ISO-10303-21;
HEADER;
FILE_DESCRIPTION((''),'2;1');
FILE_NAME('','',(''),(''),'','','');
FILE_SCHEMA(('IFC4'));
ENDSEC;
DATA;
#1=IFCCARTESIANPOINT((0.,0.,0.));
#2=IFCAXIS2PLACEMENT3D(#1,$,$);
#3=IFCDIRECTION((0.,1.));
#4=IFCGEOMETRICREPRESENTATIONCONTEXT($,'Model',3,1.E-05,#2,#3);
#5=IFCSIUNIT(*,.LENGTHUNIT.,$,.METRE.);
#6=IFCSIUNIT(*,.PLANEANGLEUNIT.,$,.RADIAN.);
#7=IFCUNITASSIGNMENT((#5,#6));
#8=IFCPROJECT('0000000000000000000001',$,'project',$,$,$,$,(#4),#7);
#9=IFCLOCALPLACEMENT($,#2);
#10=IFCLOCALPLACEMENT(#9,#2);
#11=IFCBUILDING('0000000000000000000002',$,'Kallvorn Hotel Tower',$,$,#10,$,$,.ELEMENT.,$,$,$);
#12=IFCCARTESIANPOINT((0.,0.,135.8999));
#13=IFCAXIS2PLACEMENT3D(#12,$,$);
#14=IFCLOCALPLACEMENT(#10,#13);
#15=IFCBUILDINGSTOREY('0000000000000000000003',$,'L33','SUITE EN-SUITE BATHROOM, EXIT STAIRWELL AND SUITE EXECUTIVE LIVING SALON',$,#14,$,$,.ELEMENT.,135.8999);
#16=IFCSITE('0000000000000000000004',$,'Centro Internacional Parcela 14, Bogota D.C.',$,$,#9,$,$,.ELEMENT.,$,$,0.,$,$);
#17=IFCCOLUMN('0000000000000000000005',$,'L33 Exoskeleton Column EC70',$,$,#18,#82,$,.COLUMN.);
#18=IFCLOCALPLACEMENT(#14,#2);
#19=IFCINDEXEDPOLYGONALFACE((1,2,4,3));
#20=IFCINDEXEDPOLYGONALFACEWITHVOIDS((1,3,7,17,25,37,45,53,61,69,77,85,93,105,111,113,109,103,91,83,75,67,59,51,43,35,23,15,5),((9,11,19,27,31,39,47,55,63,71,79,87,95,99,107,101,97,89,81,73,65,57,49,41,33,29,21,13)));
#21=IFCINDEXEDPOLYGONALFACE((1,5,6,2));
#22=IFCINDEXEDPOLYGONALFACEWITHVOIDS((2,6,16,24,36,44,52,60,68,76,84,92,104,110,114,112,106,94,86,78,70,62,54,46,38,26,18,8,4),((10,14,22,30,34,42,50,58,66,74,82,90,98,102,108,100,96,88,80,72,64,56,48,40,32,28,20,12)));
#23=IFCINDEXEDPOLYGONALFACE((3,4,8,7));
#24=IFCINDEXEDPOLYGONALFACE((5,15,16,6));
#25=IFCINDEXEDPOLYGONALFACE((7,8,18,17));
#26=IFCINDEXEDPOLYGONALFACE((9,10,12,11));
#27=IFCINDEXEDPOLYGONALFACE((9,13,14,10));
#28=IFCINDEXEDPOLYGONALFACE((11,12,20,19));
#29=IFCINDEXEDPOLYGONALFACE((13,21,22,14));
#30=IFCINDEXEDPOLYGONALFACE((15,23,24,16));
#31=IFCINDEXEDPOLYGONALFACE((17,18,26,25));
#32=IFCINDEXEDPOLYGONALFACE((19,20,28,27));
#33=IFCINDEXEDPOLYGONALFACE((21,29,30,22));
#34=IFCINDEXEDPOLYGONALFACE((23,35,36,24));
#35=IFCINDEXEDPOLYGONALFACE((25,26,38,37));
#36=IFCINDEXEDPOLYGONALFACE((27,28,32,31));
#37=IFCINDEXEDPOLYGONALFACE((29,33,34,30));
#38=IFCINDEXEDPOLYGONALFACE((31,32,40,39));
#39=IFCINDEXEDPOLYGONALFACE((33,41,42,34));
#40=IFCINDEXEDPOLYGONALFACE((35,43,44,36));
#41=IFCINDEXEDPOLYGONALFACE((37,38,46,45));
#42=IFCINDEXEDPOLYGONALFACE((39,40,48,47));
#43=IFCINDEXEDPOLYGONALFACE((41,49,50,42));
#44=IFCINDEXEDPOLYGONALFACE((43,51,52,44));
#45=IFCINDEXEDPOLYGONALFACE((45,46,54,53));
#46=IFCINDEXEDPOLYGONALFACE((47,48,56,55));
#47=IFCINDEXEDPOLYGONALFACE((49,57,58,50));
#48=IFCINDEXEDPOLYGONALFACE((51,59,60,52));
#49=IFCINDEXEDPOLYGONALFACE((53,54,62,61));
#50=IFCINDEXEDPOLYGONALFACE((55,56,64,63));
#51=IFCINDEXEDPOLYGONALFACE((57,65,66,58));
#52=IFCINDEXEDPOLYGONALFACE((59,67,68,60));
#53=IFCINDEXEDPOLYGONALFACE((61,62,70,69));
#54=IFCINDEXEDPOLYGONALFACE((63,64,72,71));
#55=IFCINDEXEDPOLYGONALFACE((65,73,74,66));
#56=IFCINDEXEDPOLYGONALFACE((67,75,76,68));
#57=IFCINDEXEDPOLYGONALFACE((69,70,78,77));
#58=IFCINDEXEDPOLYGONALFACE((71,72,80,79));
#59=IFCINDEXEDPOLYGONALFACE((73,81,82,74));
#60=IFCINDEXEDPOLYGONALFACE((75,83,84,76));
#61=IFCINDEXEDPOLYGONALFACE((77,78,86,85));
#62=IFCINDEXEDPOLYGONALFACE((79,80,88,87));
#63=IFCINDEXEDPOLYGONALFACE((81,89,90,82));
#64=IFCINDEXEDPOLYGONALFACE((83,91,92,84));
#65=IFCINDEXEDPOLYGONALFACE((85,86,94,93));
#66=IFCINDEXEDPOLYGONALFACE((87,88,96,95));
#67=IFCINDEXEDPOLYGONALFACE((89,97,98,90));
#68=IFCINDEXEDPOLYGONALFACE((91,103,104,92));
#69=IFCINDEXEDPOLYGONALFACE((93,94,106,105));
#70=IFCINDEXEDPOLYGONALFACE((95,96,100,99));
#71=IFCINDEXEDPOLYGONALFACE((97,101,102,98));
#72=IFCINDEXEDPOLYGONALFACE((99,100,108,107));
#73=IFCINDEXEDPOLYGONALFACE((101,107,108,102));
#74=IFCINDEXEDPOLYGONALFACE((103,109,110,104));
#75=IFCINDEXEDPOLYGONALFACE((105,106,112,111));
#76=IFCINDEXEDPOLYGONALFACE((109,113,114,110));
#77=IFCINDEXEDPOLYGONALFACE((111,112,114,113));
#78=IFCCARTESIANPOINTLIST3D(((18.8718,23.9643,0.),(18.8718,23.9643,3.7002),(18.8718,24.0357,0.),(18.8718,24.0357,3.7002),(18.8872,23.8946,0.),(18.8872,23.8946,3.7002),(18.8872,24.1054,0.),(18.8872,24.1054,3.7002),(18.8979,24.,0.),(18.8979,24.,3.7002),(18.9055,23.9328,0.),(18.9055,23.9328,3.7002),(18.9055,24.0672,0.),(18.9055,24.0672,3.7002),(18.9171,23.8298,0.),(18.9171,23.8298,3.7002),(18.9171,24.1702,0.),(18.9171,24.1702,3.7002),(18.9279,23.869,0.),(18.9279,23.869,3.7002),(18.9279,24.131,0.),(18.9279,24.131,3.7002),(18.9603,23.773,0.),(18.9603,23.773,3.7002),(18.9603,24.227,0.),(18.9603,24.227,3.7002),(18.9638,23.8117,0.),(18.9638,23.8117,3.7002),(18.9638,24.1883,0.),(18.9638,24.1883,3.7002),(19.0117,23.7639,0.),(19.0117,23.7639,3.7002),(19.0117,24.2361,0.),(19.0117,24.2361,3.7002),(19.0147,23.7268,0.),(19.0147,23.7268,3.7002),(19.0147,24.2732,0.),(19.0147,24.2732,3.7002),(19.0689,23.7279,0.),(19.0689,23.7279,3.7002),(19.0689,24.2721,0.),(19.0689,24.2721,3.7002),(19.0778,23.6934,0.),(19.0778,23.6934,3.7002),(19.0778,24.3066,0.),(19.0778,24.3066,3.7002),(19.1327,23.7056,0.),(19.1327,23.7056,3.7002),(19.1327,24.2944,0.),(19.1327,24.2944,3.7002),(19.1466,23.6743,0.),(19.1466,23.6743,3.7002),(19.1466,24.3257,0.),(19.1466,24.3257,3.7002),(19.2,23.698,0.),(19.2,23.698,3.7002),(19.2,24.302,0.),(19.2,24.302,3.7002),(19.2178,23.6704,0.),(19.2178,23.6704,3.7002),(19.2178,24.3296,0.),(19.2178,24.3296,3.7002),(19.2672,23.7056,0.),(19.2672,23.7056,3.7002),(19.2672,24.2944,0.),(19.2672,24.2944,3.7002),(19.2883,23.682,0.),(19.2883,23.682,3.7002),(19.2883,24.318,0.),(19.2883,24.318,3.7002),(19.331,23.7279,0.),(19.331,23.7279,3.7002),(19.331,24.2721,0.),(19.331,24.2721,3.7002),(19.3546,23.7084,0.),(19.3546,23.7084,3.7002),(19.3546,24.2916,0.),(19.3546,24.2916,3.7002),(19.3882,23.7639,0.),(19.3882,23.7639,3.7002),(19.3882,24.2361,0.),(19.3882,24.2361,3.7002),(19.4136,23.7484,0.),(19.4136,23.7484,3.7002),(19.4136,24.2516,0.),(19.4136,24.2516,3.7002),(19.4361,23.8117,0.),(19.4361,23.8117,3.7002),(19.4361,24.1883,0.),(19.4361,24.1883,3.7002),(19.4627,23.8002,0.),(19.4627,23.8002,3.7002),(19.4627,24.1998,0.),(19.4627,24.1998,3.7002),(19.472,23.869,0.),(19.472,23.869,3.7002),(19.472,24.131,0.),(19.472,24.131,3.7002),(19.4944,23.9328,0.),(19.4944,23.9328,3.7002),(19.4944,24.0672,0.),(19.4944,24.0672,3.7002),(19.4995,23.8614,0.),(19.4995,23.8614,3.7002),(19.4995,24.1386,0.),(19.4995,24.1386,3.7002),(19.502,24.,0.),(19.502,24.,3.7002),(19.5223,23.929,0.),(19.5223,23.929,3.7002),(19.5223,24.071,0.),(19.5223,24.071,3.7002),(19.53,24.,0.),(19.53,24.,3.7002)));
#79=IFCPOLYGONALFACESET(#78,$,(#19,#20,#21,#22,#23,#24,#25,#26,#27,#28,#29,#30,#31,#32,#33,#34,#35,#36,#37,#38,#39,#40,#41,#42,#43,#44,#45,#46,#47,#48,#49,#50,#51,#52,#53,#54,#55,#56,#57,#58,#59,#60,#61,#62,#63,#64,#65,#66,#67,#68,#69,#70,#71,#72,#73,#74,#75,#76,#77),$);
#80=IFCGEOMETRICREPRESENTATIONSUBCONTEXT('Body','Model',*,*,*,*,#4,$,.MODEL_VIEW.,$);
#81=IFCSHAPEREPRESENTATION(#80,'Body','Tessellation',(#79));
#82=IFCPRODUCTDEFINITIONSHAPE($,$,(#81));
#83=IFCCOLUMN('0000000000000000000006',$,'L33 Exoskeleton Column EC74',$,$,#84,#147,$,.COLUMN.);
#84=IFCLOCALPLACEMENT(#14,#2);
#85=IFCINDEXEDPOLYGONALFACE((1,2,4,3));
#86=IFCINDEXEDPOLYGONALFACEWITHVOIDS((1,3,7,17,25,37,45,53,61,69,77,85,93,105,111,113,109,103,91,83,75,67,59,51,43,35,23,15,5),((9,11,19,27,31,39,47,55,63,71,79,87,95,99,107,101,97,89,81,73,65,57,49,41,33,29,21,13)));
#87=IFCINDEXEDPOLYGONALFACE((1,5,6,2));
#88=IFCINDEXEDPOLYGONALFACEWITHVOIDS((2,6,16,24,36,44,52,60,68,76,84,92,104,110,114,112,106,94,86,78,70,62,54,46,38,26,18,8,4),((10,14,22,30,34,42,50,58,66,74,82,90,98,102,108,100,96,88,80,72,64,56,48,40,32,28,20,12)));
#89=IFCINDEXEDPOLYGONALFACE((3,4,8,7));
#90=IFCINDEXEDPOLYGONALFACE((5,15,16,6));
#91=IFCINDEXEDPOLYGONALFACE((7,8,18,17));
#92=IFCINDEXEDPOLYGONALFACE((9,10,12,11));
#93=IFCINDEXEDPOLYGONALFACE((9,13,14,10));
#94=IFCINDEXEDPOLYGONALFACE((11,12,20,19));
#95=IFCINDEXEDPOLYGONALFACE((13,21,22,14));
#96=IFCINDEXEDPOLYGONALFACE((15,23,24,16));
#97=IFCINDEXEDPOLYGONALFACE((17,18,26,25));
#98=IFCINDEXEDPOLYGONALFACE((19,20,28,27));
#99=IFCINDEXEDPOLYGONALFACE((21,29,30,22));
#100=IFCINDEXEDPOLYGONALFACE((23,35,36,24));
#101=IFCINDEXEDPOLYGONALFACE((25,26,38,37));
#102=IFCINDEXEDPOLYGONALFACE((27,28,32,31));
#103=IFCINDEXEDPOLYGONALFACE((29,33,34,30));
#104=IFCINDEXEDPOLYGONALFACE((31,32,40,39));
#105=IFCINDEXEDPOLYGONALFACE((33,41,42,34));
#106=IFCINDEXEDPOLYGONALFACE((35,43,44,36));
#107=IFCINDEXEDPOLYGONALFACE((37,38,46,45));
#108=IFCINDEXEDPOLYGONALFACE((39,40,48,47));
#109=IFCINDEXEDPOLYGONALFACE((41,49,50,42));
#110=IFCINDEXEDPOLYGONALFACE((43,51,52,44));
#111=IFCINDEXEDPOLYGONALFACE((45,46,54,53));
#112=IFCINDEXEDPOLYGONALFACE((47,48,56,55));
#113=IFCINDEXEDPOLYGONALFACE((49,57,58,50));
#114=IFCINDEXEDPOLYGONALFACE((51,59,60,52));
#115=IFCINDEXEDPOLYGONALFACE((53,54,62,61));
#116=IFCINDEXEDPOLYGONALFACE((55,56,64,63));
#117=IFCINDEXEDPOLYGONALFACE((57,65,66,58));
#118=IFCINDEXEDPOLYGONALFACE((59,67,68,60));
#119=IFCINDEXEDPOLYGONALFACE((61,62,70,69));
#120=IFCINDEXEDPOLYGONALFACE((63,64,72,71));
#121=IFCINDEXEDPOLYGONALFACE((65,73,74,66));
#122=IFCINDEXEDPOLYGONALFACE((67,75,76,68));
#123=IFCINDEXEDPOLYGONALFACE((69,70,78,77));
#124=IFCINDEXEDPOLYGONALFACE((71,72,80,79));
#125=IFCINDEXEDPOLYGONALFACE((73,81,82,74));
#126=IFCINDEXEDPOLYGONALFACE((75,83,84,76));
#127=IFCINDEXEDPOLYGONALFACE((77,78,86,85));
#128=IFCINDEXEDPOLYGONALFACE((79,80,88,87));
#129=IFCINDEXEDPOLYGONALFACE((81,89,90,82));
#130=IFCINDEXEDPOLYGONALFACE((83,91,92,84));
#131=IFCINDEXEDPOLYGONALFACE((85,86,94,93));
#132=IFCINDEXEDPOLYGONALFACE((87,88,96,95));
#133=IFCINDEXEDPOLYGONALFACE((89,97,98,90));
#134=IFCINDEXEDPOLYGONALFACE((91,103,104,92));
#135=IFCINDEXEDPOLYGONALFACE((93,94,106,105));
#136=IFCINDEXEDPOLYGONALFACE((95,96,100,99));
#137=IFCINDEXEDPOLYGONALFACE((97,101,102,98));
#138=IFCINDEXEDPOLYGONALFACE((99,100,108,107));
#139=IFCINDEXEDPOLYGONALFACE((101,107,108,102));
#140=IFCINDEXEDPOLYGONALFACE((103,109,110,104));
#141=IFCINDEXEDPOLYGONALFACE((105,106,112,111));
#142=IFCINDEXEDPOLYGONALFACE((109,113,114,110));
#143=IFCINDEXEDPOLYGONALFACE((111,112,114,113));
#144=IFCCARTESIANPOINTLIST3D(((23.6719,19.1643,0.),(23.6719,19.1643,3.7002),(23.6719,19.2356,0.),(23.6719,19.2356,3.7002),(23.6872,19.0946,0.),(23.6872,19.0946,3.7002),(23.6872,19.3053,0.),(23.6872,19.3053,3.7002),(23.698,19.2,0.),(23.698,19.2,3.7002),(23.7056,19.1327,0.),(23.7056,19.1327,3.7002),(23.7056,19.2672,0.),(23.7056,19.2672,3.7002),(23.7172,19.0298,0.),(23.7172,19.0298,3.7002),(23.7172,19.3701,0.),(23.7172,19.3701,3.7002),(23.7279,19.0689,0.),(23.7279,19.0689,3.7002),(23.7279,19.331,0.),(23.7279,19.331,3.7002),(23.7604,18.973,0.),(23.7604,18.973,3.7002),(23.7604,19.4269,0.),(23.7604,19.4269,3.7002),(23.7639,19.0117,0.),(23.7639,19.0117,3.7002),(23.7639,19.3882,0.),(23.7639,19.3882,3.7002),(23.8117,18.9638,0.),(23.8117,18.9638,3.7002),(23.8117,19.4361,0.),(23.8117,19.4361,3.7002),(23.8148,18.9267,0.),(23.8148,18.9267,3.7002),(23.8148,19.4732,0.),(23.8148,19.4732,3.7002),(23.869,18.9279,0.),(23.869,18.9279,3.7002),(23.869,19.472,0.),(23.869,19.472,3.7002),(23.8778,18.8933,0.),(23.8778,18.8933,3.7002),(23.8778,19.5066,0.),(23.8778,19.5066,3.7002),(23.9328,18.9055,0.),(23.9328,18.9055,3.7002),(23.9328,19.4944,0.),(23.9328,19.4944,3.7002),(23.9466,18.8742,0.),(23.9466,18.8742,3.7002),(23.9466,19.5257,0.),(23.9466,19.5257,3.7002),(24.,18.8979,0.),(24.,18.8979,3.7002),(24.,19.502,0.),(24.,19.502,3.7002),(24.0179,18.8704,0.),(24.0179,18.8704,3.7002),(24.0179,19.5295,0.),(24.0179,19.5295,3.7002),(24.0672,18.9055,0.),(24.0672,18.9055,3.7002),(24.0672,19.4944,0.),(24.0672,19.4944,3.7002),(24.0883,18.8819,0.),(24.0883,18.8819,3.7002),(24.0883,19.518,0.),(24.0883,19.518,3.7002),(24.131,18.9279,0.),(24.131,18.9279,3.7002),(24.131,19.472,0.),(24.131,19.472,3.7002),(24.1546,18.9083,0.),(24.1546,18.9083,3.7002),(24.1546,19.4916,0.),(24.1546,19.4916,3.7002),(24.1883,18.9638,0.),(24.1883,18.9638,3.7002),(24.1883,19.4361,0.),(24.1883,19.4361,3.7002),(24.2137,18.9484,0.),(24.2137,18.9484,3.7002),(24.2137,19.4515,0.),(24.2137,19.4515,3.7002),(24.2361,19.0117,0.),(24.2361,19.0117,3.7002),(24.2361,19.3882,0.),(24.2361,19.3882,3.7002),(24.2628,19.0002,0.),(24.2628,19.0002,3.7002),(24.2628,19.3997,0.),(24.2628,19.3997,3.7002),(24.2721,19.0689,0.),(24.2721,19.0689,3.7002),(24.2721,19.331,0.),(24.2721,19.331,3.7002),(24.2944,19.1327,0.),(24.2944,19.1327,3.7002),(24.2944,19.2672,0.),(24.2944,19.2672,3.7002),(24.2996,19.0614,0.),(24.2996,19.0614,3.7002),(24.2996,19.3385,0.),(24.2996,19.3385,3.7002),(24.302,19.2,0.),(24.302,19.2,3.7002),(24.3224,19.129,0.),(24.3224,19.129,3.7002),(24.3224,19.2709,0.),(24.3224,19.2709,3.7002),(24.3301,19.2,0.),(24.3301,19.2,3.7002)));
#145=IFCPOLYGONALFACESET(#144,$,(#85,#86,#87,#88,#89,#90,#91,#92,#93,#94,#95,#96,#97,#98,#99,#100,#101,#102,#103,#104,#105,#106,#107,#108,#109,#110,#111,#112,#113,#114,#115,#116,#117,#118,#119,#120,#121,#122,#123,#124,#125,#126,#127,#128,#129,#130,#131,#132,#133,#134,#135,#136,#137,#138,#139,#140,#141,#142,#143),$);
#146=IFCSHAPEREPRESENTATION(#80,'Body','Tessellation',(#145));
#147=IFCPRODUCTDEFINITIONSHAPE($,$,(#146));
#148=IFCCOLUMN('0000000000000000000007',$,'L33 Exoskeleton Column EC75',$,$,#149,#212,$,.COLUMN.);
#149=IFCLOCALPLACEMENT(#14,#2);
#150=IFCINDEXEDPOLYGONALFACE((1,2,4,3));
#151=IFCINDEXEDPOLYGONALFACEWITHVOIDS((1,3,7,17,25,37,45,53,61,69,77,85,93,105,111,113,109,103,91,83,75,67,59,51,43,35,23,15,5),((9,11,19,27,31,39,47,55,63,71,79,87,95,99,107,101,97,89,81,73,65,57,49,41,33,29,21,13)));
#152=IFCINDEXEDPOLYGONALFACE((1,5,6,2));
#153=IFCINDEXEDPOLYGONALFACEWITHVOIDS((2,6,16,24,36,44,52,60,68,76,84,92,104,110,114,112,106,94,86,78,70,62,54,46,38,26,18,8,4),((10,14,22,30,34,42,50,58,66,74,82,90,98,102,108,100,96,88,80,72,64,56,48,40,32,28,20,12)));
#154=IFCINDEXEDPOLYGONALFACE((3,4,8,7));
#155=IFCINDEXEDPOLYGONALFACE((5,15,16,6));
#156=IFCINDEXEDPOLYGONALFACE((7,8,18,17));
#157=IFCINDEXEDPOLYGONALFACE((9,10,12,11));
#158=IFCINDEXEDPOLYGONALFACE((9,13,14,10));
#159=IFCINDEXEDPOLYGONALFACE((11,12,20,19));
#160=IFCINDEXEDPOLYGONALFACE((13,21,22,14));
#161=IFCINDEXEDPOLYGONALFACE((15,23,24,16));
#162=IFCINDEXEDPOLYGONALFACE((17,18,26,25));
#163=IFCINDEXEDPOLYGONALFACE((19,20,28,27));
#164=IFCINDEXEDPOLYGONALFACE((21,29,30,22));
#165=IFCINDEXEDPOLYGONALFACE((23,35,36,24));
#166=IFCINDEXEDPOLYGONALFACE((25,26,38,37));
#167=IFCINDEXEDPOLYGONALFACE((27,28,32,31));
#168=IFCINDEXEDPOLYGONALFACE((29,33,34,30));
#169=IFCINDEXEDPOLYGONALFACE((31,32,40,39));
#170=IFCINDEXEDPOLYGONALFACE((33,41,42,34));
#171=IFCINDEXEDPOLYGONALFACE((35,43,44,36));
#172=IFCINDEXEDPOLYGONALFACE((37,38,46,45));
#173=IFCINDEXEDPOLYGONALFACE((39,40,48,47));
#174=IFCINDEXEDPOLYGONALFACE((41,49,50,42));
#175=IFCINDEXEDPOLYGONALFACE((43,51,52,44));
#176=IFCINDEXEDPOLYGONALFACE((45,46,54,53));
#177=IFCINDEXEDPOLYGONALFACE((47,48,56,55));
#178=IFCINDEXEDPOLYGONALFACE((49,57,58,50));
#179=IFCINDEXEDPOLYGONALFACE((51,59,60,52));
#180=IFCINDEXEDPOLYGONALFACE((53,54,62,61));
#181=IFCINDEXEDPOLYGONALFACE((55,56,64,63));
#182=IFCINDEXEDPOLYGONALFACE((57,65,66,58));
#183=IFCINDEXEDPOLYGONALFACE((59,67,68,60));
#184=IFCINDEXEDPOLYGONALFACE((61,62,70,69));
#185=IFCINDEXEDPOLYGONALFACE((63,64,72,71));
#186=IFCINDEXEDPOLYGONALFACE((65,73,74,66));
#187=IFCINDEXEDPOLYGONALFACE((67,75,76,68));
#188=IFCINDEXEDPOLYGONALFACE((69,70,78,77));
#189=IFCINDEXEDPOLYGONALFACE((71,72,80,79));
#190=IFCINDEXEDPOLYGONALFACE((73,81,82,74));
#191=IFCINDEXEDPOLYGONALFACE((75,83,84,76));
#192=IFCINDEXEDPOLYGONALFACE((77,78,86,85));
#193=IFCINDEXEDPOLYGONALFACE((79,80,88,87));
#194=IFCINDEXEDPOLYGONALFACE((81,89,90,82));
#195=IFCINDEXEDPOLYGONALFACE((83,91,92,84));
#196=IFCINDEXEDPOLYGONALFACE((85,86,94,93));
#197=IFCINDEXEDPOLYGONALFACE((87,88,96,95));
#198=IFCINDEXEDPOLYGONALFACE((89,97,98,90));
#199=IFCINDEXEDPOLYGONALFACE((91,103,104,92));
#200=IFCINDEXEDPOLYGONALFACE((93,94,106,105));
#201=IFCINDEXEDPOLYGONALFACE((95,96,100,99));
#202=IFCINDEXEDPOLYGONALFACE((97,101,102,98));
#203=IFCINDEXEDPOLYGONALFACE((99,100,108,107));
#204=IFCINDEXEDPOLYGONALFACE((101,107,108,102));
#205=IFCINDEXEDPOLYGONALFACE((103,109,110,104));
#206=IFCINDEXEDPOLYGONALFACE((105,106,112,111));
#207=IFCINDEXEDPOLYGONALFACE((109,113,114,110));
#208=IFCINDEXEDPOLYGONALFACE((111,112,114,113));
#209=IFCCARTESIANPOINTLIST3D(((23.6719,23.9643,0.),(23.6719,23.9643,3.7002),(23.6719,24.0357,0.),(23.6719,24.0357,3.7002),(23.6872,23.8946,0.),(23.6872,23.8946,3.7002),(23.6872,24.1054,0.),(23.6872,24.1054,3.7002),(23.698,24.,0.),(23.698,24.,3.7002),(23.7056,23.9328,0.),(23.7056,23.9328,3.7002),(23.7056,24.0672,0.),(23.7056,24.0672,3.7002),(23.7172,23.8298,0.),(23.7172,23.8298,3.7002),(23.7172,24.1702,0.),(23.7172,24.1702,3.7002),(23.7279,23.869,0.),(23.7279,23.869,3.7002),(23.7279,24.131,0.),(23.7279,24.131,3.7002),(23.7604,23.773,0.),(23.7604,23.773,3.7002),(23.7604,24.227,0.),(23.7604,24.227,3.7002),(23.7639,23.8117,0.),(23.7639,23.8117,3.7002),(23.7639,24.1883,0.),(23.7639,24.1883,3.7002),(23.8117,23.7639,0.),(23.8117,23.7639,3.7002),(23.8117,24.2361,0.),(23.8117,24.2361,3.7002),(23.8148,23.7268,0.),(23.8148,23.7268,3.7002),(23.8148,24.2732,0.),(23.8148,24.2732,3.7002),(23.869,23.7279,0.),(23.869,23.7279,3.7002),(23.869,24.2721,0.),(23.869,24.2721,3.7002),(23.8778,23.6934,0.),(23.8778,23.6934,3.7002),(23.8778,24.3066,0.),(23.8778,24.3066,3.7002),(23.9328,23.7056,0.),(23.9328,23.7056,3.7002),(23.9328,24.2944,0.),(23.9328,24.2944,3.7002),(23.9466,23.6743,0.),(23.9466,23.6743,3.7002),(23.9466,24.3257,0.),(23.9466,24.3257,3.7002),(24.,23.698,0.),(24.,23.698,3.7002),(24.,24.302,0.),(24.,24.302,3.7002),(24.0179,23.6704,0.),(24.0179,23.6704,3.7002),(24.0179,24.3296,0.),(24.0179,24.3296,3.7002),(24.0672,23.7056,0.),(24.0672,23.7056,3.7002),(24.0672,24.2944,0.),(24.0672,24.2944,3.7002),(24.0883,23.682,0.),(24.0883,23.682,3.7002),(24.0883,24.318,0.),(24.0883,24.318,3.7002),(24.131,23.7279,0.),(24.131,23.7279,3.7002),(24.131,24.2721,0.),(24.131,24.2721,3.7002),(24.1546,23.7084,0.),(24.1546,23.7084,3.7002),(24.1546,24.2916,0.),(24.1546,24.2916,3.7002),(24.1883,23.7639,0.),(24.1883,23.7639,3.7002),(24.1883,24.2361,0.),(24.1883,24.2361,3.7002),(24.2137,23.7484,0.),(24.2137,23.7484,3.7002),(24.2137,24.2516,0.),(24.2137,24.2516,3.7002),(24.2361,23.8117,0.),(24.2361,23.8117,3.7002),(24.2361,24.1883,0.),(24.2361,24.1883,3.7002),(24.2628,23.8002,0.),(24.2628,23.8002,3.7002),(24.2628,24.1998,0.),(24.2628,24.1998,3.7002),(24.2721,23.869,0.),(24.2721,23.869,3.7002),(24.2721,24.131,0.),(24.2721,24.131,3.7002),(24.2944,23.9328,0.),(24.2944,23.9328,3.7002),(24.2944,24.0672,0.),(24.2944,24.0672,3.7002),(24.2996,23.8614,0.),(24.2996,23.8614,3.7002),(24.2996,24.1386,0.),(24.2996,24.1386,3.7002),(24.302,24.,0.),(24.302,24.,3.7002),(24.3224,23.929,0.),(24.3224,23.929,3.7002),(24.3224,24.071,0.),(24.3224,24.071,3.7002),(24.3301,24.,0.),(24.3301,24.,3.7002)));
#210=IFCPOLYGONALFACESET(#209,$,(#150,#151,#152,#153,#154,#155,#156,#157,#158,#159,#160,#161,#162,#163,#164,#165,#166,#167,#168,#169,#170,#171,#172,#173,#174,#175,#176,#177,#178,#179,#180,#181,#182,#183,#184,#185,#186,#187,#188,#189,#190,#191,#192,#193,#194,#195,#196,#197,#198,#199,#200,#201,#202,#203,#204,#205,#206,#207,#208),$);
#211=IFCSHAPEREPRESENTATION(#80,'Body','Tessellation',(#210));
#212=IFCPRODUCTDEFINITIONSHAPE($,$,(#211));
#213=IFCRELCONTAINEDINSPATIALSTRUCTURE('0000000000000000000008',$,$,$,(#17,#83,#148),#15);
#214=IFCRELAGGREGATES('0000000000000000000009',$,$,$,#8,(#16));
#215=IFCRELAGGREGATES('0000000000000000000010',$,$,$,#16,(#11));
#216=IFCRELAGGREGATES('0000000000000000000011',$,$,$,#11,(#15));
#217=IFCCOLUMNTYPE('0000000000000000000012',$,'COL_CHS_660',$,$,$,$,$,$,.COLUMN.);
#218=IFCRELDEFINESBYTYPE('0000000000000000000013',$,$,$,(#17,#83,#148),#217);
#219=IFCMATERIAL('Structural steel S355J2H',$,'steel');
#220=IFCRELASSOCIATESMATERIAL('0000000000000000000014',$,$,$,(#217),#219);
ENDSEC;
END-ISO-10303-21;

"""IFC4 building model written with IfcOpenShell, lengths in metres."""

from ifc_helpers import new_model, si_unit, direction, frame, origin, origin_2d, place, context, subcontext, project, spatial, hollow_circle, extrude, material, material_profile, profile_set, type_object, element, save


model = new_model("IFC4")

# Units and contexts
model_context = context("Model", 3, precision=1e-05, world=origin(), true_north=direction((0.0, 1.0)))
body_context = subcontext(model_context, "Body", "Model", "MODEL_VIEW")
ifc_project = project(units=[si_unit("LENGTHUNIT", "METRE"), si_unit("PLANEANGLEUNIT", "RADIAN")], contexts=[model_context])

# Site, building, storey
site_placement = place(None, origin())
site = spatial("IfcSite", under=ifc_project, at=site_placement, Name="Centro Internacional Parcela 14, Bogota D.C.", CompositionType="ELEMENT", RefElevation=0.0)
building_placement = place(site_placement, origin())
building = spatial("IfcBuilding", under=site, at=building_placement, Name="Kallvorn Hotel Tower", CompositionType="ELEMENT")
storey_placement = place(building_placement, frame((0.0, 0.0, 135.8999)))
storey = spatial("IfcBuildingStorey", under=building, at=storey_placement, Name="L33", Description="SUITE EN-SUITE BATHROOM, EXIT STAIRWELL AND SUITE EXECUTIVE LIVING SALON", CompositionType="ELEMENT", Elevation=135.8999)

# Columns
ifc_material_1 = material(Name="Structural steel S355J2H", Category="steel")
ifc_material_profile_1 = material_profile(ifc_material_1, hollow_circle(Radius=0.3301, WallThickness=0.0281, at=origin_2d()), Name="CHS 660x28")
ifc_profile_set_1 = profile_set([ifc_material_profile_1], Name="Structural steel S355J2H")
column_type = type_object("IfcColumnType", Name="COL_CHS_660", PredefinedType="COLUMN", material=ifc_profile_set_1)
for number, where, z_axis, x_axis, name in (
    (1, (19.2, 24.0, 0.0), (0.0, 0.0, 1.0), (1.0, 0.0, 0.0), "L33 Exoskeleton Column EC70"),
    (2, (24.0, 19.2, 0.0), (0.0, 0.0, 1.0), (1.0, 0.0, 0.0), "L33 Exoskeleton Column EC74"),
    (3, (24.0, 24.0, 0.0), (0.0, 0.0, 1.0), (1.0, 0.0, 0.0), "L33 Exoskeleton Column EC75"),
):
    element("IfcColumn", number, at=place(storey_placement, frame(where, z_axis=z_axis, x_axis=x_axis)), inside=storey, type_object=column_type, Name=name, PredefinedType="COLUMN", context=body_context, shape_type="SweptSolid", body=[
        extrude(hollow_circle(Radius=0.3301, WallThickness=0.0281, at=origin_2d()), origin(), (0.0, 0.0, 1.0), 3.7002),
    ])

save(model, "model.ifc")
